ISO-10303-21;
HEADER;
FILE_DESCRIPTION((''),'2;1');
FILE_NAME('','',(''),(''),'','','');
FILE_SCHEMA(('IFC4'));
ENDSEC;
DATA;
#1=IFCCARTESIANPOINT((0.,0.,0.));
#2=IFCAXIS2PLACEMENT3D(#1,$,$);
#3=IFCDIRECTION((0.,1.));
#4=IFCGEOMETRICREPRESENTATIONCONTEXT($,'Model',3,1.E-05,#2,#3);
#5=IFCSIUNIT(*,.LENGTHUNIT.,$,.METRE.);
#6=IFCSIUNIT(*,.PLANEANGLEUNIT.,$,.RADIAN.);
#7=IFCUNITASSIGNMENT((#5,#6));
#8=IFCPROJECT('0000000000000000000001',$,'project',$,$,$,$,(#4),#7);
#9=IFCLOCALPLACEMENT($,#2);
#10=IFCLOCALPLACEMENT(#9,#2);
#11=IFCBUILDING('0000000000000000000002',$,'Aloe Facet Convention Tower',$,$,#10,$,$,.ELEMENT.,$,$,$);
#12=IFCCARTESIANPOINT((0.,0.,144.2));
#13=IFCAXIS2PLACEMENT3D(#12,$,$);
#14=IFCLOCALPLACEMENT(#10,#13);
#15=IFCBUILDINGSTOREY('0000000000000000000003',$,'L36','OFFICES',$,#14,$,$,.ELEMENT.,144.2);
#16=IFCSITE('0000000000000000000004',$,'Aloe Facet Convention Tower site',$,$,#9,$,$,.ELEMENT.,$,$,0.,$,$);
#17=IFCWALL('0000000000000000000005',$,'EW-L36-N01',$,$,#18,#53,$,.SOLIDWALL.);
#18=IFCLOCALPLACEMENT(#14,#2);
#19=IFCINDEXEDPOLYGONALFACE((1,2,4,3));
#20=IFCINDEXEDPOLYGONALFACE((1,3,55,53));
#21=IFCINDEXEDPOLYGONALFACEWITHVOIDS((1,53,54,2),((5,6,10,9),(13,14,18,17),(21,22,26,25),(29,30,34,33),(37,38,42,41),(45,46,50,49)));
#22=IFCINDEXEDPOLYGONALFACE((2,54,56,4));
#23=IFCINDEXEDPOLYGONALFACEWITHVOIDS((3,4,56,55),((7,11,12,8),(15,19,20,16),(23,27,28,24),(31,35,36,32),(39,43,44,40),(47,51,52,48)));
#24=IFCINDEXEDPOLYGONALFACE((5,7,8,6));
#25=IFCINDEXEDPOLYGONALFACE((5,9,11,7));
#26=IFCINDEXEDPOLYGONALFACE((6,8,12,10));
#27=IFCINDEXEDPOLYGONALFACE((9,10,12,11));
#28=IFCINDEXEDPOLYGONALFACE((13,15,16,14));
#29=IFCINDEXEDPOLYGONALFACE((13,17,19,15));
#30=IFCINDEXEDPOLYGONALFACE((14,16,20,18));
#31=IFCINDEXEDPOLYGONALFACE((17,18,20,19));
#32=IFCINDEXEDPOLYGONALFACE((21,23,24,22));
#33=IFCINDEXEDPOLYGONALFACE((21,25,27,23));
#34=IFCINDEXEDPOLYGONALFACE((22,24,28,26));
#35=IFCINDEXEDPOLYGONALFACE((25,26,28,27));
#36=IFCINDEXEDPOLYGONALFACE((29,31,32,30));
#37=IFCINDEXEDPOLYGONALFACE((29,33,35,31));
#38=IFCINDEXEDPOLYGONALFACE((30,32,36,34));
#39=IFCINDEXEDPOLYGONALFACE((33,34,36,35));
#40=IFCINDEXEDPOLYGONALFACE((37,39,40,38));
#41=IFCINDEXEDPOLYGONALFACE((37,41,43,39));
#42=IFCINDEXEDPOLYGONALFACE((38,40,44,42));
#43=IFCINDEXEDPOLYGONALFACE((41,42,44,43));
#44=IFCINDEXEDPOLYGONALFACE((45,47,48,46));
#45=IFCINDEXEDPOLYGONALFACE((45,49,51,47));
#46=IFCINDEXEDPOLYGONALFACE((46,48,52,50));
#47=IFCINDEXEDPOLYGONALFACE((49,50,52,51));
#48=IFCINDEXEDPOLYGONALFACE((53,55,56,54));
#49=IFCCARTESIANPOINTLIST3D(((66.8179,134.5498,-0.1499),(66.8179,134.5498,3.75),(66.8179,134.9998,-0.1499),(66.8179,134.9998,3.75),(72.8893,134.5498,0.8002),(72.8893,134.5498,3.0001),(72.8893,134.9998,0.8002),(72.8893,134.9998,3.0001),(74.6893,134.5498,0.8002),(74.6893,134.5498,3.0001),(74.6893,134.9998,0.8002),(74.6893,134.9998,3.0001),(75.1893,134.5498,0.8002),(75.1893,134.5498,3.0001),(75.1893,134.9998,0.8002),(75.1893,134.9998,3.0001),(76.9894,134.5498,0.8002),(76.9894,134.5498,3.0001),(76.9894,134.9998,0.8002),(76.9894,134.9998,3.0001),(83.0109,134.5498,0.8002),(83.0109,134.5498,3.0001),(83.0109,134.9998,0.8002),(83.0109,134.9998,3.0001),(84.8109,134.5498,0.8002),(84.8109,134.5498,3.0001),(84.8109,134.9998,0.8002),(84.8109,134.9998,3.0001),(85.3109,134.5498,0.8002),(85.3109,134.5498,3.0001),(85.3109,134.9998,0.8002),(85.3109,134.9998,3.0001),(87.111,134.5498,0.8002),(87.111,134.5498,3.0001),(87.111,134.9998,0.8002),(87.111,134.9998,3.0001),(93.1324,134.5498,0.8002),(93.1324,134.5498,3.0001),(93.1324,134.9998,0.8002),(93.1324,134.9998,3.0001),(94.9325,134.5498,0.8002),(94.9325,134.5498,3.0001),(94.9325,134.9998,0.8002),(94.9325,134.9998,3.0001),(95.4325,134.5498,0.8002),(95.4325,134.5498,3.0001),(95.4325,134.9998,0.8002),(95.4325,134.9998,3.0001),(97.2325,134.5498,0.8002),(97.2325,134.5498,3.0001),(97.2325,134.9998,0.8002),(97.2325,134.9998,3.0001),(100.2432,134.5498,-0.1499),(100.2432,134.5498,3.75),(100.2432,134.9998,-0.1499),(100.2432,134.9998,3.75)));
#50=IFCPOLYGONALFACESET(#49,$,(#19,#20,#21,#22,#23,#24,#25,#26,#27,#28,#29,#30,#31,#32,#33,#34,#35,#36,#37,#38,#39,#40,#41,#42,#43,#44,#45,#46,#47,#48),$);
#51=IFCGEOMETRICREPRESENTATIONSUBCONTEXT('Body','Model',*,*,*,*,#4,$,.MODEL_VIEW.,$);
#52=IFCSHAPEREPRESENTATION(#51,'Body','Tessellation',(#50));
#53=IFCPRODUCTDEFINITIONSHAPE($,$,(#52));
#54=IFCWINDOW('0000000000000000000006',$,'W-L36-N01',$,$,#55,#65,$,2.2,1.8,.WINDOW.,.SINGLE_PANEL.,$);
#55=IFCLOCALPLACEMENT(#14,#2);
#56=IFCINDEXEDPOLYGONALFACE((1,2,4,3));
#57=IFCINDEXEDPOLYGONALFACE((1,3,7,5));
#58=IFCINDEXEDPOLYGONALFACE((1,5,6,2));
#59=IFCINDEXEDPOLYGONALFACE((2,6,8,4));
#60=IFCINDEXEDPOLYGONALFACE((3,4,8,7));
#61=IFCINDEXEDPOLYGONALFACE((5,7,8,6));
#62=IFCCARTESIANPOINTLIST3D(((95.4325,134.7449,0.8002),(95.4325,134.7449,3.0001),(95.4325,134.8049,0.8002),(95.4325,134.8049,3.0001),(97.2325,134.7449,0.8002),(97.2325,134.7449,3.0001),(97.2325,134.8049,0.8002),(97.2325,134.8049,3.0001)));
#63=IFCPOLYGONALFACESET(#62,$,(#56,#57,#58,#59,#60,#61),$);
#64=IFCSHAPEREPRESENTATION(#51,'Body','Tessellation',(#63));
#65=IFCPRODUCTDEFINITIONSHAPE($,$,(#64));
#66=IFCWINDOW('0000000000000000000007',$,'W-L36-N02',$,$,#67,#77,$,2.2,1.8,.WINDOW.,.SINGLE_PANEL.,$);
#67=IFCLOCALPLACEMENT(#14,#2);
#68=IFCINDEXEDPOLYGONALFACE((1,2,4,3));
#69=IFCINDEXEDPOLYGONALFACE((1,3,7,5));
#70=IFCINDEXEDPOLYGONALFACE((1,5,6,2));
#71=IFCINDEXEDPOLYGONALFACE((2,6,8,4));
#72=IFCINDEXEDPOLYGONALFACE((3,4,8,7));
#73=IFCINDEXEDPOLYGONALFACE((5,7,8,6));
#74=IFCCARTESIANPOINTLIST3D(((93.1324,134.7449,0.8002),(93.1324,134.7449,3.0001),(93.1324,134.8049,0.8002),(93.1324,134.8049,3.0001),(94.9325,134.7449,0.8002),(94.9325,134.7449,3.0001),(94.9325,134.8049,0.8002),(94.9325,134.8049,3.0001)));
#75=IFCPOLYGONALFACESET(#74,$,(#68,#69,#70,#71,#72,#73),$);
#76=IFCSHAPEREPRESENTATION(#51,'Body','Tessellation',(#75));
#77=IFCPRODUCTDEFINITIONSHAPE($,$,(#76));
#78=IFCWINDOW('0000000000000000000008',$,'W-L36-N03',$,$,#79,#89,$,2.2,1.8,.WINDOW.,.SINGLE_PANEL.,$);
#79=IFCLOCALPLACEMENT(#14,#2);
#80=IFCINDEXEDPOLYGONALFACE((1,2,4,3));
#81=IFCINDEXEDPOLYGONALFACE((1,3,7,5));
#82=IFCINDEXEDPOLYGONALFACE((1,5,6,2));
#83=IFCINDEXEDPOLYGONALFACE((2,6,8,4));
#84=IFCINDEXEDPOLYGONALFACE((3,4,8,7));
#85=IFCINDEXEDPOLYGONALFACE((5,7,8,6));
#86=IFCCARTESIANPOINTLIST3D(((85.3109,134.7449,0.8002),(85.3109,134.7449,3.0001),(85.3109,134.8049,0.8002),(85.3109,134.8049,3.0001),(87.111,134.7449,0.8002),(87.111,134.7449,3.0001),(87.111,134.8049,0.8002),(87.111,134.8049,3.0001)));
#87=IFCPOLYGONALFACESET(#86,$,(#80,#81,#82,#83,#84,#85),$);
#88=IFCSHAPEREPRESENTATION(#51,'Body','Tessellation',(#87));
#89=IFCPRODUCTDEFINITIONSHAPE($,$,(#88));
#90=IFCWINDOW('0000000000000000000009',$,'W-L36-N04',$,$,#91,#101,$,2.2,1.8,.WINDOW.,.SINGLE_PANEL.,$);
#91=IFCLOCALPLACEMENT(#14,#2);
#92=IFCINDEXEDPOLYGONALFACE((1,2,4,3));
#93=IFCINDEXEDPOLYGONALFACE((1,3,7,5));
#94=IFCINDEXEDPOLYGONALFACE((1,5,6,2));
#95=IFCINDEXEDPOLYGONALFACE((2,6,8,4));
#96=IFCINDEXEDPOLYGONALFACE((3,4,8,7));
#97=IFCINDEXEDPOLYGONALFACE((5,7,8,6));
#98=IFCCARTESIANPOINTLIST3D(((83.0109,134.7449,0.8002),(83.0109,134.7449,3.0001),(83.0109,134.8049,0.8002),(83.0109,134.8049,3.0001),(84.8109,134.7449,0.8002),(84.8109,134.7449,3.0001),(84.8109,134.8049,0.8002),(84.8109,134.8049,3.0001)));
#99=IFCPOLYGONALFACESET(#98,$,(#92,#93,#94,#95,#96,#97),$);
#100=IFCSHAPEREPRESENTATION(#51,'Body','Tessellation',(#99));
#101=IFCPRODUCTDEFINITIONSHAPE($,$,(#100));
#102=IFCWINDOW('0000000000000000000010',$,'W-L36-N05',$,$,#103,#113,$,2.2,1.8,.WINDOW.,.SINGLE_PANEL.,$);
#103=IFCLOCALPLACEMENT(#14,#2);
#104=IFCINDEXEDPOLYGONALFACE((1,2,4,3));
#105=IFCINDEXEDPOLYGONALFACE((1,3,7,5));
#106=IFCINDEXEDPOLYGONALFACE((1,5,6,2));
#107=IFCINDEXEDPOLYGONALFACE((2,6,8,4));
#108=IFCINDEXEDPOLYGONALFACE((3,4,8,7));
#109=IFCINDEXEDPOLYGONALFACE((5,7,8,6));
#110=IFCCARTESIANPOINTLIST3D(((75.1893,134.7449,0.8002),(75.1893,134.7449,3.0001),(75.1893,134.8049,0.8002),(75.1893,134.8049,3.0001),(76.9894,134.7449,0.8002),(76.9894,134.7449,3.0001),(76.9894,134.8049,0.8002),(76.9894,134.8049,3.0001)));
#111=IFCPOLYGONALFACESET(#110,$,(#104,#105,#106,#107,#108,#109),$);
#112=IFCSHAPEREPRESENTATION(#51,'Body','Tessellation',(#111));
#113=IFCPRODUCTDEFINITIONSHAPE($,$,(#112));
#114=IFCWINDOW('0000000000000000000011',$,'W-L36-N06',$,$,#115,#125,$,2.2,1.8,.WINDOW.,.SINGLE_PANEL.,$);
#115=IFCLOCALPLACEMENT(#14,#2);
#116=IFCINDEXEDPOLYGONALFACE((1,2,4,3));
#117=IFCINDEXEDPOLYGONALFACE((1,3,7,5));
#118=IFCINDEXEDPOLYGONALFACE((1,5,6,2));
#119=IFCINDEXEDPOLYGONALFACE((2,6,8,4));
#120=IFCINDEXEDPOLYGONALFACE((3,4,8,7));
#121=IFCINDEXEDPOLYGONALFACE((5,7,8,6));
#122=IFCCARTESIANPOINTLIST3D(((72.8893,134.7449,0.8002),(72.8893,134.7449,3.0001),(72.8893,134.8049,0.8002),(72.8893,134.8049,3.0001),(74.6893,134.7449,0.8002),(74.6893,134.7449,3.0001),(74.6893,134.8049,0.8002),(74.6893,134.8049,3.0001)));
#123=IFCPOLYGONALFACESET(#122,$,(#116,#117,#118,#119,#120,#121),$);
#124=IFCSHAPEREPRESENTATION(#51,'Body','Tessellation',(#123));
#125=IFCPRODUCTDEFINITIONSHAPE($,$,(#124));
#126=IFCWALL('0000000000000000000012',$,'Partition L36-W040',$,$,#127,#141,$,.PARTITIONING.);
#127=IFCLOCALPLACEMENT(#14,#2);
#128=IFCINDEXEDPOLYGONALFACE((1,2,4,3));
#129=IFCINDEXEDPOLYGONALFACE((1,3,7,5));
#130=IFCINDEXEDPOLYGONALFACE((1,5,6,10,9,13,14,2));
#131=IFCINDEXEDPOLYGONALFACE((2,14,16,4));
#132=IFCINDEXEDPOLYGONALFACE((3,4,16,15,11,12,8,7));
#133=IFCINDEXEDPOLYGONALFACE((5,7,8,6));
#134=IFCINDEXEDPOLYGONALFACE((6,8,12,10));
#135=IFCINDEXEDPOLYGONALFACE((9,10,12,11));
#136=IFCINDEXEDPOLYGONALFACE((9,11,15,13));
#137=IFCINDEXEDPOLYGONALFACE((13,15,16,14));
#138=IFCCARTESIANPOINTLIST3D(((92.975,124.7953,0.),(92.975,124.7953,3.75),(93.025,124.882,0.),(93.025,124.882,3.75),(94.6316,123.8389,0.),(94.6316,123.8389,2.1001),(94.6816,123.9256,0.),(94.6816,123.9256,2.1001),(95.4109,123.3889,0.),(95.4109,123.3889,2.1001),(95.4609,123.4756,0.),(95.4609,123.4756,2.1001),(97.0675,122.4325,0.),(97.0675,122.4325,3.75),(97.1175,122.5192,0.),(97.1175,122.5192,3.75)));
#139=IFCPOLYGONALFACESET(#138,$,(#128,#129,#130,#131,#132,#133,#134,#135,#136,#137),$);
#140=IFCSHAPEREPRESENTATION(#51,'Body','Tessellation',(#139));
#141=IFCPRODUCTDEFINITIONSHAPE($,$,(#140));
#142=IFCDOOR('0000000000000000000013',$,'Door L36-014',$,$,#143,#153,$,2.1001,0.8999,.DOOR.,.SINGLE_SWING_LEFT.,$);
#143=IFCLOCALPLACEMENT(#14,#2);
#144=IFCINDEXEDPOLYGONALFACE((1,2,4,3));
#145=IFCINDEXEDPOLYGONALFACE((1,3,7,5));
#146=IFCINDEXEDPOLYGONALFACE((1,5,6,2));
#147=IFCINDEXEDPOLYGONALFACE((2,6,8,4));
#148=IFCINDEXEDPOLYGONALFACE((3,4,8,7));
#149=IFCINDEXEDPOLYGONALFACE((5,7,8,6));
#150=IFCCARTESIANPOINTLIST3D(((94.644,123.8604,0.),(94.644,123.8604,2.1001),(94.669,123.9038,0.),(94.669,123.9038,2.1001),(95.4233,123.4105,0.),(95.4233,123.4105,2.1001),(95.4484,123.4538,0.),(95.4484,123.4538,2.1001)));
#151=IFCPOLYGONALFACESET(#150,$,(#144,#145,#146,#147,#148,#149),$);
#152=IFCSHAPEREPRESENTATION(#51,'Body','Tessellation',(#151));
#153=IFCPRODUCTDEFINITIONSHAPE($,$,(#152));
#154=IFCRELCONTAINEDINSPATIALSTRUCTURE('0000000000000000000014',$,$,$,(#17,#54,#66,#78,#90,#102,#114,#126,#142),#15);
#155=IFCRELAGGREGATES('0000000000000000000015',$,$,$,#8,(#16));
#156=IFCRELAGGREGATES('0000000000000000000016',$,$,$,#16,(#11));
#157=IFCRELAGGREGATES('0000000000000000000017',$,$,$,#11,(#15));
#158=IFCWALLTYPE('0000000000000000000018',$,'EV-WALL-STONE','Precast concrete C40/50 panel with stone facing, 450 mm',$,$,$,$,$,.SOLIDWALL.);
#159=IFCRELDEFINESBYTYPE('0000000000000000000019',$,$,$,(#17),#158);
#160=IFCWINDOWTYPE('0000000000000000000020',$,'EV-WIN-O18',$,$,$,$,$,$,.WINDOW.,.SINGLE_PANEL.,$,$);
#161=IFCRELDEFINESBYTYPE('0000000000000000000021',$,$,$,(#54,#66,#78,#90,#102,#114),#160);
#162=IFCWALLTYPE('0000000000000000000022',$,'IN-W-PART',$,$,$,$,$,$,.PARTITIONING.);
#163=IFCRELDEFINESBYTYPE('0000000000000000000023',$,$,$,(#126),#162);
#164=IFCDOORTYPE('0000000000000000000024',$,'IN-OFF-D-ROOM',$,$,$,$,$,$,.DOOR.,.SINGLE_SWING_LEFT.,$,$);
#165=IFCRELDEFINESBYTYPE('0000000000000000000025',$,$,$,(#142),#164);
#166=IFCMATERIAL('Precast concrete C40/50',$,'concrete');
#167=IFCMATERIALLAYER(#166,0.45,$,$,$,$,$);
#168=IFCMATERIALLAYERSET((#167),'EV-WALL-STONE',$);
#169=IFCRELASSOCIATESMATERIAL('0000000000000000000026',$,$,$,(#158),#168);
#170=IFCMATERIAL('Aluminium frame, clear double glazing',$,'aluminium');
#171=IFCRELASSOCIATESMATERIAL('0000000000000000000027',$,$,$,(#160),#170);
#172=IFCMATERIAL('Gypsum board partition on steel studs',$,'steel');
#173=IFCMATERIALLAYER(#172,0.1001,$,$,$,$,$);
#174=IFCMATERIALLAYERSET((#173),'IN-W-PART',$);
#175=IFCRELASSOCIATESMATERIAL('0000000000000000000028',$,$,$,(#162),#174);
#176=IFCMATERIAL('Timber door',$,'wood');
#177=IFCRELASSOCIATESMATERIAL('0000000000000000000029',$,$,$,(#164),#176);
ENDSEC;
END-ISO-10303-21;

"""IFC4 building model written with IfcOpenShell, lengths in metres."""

from ifc_helpers import new_model, si_unit, direction, frame, frame_2d, origin, place, context, subcontext, project, spatial, polyline, rectangle, outline, extrude, material, layer, layer_set, type_object, element, fill, save


model = new_model("IFC4")

# Units and contexts
model_context = context("Model", 3, precision=1e-05, world=origin(), true_north=direction((0.0, 1.0)))
body_context = subcontext(model_context, "Body", "Model", "MODEL_VIEW")
ifc_project = project(units=[si_unit("LENGTHUNIT", "METRE"), si_unit("PLANEANGLEUNIT", "RADIAN")], contexts=[model_context])

# Site, building, storey
site_placement = place(None, origin())
site = spatial("IfcSite", under=ifc_project, at=site_placement, Name="Aloe Facet Convention Tower site", CompositionType="ELEMENT", RefElevation=0.0)
building_placement = place(site_placement, origin())
building = spatial("IfcBuilding", under=site, at=building_placement, Name="Aloe Facet Convention Tower", CompositionType="ELEMENT")
storey_placement = place(building_placement, frame((0.0, 0.0, 144.2)))
storey = spatial("IfcBuildingStorey", under=building, at=storey_placement, Name="L36", Description="OFFICES", CompositionType="ELEMENT", Elevation=144.2)

# Wall, openings, windows
ifc_material_1 = material(Name="Precast concrete C40/50", Category="concrete")
ifc_layer_1 = layer(ifc_material_1, 0.45)
ifc_layer_set_1 = layer_set([ifc_layer_1], Name="EV-WALL-STONE")
wall_type_1 = type_object("IfcWallType", Name="EV-WALL-STONE", Description="Precast concrete C40/50 panel with stone facing, 450 mm", PredefinedType="SOLIDWALL", material=ifc_layer_set_1)
wall_1_placement = place(storey_placement, frame((100.2432, 134.7749, -0.1499), z_axis=(0.0, 0.0, 1.0), x_axis=(-1.0, 0.0, 0.0)))
wall_1 = element("IfcWall", 1, at=wall_1_placement, inside=storey, type_object=wall_type_1, Name="EW-L36-N01", PredefinedType="SOLIDWALL", context=body_context, shape_type="SweptSolid", body=[
    extrude(outline(polyline([(0.0, 0.0), (0.0, 3.8999), (33.4253, 3.8999), (33.4253, 0.0), (0.0, 0.0)])), frame((0.0, 0.2251, 0.0), z_axis=(0.0, -1.0, 0.0), x_axis=(1.0, 0.0, 0.0)), (0.0, 0.0, 1.0), 0.45),
])
opening_1_placement = place(wall_1_placement, frame((3.0107, 0.0, 0.95)))
opening_1 = element("IfcOpeningElement", 2, at=opening_1_placement, cuts=wall_1, PredefinedType="OPENING", context=body_context, shape_type="SweptSolid", body=[
    extrude(rectangle(XDim=1.8, YDim=2.2, at=frame_2d((0.8999, 1.1001))), frame((0.0, 0.2349, 0.0), z_axis=(0.0, -1.0, 0.0), x_axis=(1.0, 0.0, 0.0)), (0.0, 0.0, 1.0), 0.47),
])
opening_2_placement = place(wall_1_placement, frame((5.3108, 0.0, 0.95)))
opening_2 = element("IfcOpeningElement", 3, at=opening_2_placement, cuts=wall_1, PredefinedType="OPENING", context=body_context, shape_type="SweptSolid", body=[
    extrude(rectangle(XDim=1.8, YDim=2.2, at=frame_2d((0.8999, 1.1001))), frame((0.0, 0.2349, 0.0), z_axis=(0.0, -1.0, 0.0), x_axis=(1.0, 0.0, 0.0)), (0.0, 0.0, 1.0), 0.47),
])
opening_3_placement = place(wall_1_placement, frame((13.1323, 0.0, 0.95)))
opening_3 = element("IfcOpeningElement", 4, at=opening_3_placement, cuts=wall_1, PredefinedType="OPENING", context=body_context, shape_type="SweptSolid", body=[
    extrude(rectangle(XDim=1.8, YDim=2.2, at=frame_2d((0.8999, 1.1001))), frame((0.0, 0.2349, 0.0), z_axis=(0.0, -1.0, 0.0), x_axis=(1.0, 0.0, 0.0)), (0.0, 0.0, 1.0), 0.47),
])
opening_4_placement = place(wall_1_placement, frame((15.4324, 0.0, 0.95)))
opening_4 = element("IfcOpeningElement", 5, at=opening_4_placement, cuts=wall_1, PredefinedType="OPENING", context=body_context, shape_type="SweptSolid", body=[
    extrude(rectangle(XDim=1.8, YDim=2.2, at=frame_2d((0.8999, 1.1001))), frame((0.0, 0.2349, 0.0), z_axis=(0.0, -1.0, 0.0), x_axis=(1.0, 0.0, 0.0)), (0.0, 0.0, 1.0), 0.47),
])
opening_5_placement = place(wall_1_placement, frame((23.2539, 0.0, 0.95)))
opening_5 = element("IfcOpeningElement", 6, at=opening_5_placement, cuts=wall_1, PredefinedType="OPENING", context=body_context, shape_type="SweptSolid", body=[
    extrude(rectangle(XDim=1.8, YDim=2.2, at=frame_2d((0.8999, 1.1001))), frame((0.0, 0.2349, 0.0), z_axis=(0.0, -1.0, 0.0), x_axis=(1.0, 0.0, 0.0)), (0.0, 0.0, 1.0), 0.47),
])
opening_6_placement = place(wall_1_placement, frame((25.554, 0.0, 0.95)))
opening_6 = element("IfcOpeningElement", 7, at=opening_6_placement, cuts=wall_1, PredefinedType="OPENING", context=body_context, shape_type="SweptSolid", body=[
    extrude(rectangle(XDim=1.8, YDim=2.2, at=frame_2d((0.8999, 1.1001))), frame((0.0, 0.2349, 0.0), z_axis=(0.0, -1.0, 0.0), x_axis=(1.0, 0.0, 0.0)), (0.0, 0.0, 1.0), 0.47),
])
ifc_material_2 = material(Name="Aluminium frame, clear double glazing", Category="aluminium")
window_type = type_object("IfcWindowType", Name="EV-WIN-O18", PartitioningType="SINGLE_PANEL", PredefinedType="WINDOW", material=ifc_material_2)
window_1_placement = place(opening_1_placement, origin())
window_1 = element("IfcWindow", 8, at=window_1_placement, inside=storey, type_object=window_type, Name="W-L36-N01", OverallHeight=2.2, OverallWidth=1.8, PartitioningType="SINGLE_PANEL", PredefinedType="WINDOW", context=body_context, shape_type="SweptSolid", body=[
    extrude(rectangle(XDim=1.8, YDim=2.2, at=frame_2d((0.8999, 1.1001))), frame((0.0, 0.03, 0.0), z_axis=(0.0, -1.0, 0.0), x_axis=(1.0, 0.0, 0.0)), (0.0, 0.0, 1.0), 0.0601),
])
fill(opening_1, window_1)
window_2_placement = place(opening_2_placement, origin())
window_2 = element("IfcWindow", 9, at=window_2_placement, inside=storey, type_object=window_type, Name="W-L36-N02", OverallHeight=2.2, OverallWidth=1.8, PartitioningType="SINGLE_PANEL", PredefinedType="WINDOW", context=body_context, shape_type="SweptSolid", body=[
    extrude(rectangle(XDim=1.8, YDim=2.2, at=frame_2d((0.8999, 1.1001))), frame((0.0, 0.03, 0.0), z_axis=(0.0, -1.0, 0.0), x_axis=(1.0, 0.0, 0.0)), (0.0, 0.0, 1.0), 0.0601),
])
fill(opening_2, window_2)
window_3_placement = place(opening_3_placement, origin())
window_3 = element("IfcWindow", 10, at=window_3_placement, inside=storey, type_object=window_type, Name="W-L36-N03", OverallHeight=2.2, OverallWidth=1.8, PartitioningType="SINGLE_PANEL", PredefinedType="WINDOW", context=body_context, shape_type="SweptSolid", body=[
    extrude(rectangle(XDim=1.8, YDim=2.2, at=frame_2d((0.8999, 1.1001))), frame((0.0, 0.03, 0.0), z_axis=(0.0, -1.0, 0.0), x_axis=(1.0, 0.0, 0.0)), (0.0, 0.0, 1.0), 0.0601),
])
fill(opening_3, window_3)
window_4_placement = place(opening_4_placement, origin())
window_4 = element("IfcWindow", 11, at=window_4_placement, inside=storey, type_object=window_type, Name="W-L36-N04", OverallHeight=2.2, OverallWidth=1.8, PartitioningType="SINGLE_PANEL", PredefinedType="WINDOW", context=body_context, shape_type="SweptSolid", body=[
    extrude(rectangle(XDim=1.8, YDim=2.2, at=frame_2d((0.8999, 1.1001))), frame((0.0, 0.03, 0.0), z_axis=(0.0, -1.0, 0.0), x_axis=(1.0, 0.0, 0.0)), (0.0, 0.0, 1.0), 0.0601),
])
fill(opening_4, window_4)
window_5_placement = place(opening_5_placement, origin())
window_5 = element("IfcWindow", 12, at=window_5_placement, inside=storey, type_object=window_type, Name="W-L36-N05", OverallHeight=2.2, OverallWidth=1.8, PartitioningType="SINGLE_PANEL", PredefinedType="WINDOW", context=body_context, shape_type="SweptSolid", body=[
    extrude(rectangle(XDim=1.8, YDim=2.2, at=frame_2d((0.8999, 1.1001))), frame((0.0, 0.03, 0.0), z_axis=(0.0, -1.0, 0.0), x_axis=(1.0, 0.0, 0.0)), (0.0, 0.0, 1.0), 0.0601),
])
fill(opening_5, window_5)
window_6_placement = place(opening_6_placement, origin())
window_6 = element("IfcWindow", 13, at=window_6_placement, inside=storey, type_object=window_type, Name="W-L36-N06", OverallHeight=2.2, OverallWidth=1.8, PartitioningType="SINGLE_PANEL", PredefinedType="WINDOW", context=body_context, shape_type="SweptSolid", body=[
    extrude(rectangle(XDim=1.8, YDim=2.2, at=frame_2d((0.8999, 1.1001))), frame((0.0, 0.03, 0.0), z_axis=(0.0, -1.0, 0.0), x_axis=(1.0, 0.0, 0.0)), (0.0, 0.0, 1.0), 0.0601),
])
fill(opening_6, window_6)

# Wall, opening, door
ifc_material_3 = material(Name="Gypsum board partition on steel studs", Category="steel")
ifc_layer_2 = layer(ifc_material_3, 0.1001)
ifc_layer_set_2 = layer_set([ifc_layer_2], Name="IN-W-PART")
wall_type_2 = type_object("IfcWallType", Name="IN-W-PART", PredefinedType="PARTITIONING", material=ifc_layer_set_2)
wall_2_placement = place(storey_placement, frame((93.0, 124.8386, 0.0), z_axis=(0.0, 0.0, 1.0), x_axis=(0.866028, -0.499995, 0.0)))
wall_2 = element("IfcWall", 14, at=wall_2_placement, inside=storey, type_object=wall_type_2, Name="Partition L36-W040", PredefinedType="PARTITIONING", context=body_context, shape_type="SweptSolid", body=[
    extrude(rectangle(XDim=4.7256, YDim=0.1001, at=frame_2d((2.3628, 0.0))), origin(), (0.0, 0.0, 1.0), 3.75),
])
opening_7_placement = place(wall_2_placement, frame((1.9128, 0.0, 0.0)))
opening_7 = element("IfcOpeningElement", 15, at=opening_7_placement, cuts=wall_2, PredefinedType="OPENING", context=body_context, shape_type="SweptSolid", body=[
    extrude(rectangle(XDim=0.8999, YDim=2.1001, at=frame_2d((0.45, 1.05))), frame((0.0, 0.0601, 0.0), z_axis=(0.0, -1.0, 0.0), x_axis=(1.0, 0.0, 0.0)), (0.0, 0.0, 1.0), 0.1201),
])
ifc_material_4 = material(Name="Timber door", Category="wood")
door_type = type_object("IfcDoorType", Name="IN-OFF-D-ROOM", OperationType="SINGLE_SWING_LEFT", PredefinedType="DOOR", material=ifc_material_4)
door_1_placement = place(opening_7_placement, origin())
door_1 = element("IfcDoor", 16, at=door_1_placement, inside=storey, type_object=door_type, Name="Door L36-014", OperationType="SINGLE_SWING_LEFT", OverallHeight=2.1001, OverallWidth=0.8999, PredefinedType="DOOR", context=body_context, shape_type="SweptSolid", body=[
    extrude(rectangle(XDim=0.8999, YDim=2.1001, at=frame_2d((0.45, 1.05))), frame((0.0, 0.0249, 0.0), z_axis=(0.0, -1.0, 0.0), x_axis=(1.0, 0.0, 0.0)), (0.0, 0.0, 1.0), 0.05),
])
fill(opening_7, door_1)

save(model, "model.ifc")
